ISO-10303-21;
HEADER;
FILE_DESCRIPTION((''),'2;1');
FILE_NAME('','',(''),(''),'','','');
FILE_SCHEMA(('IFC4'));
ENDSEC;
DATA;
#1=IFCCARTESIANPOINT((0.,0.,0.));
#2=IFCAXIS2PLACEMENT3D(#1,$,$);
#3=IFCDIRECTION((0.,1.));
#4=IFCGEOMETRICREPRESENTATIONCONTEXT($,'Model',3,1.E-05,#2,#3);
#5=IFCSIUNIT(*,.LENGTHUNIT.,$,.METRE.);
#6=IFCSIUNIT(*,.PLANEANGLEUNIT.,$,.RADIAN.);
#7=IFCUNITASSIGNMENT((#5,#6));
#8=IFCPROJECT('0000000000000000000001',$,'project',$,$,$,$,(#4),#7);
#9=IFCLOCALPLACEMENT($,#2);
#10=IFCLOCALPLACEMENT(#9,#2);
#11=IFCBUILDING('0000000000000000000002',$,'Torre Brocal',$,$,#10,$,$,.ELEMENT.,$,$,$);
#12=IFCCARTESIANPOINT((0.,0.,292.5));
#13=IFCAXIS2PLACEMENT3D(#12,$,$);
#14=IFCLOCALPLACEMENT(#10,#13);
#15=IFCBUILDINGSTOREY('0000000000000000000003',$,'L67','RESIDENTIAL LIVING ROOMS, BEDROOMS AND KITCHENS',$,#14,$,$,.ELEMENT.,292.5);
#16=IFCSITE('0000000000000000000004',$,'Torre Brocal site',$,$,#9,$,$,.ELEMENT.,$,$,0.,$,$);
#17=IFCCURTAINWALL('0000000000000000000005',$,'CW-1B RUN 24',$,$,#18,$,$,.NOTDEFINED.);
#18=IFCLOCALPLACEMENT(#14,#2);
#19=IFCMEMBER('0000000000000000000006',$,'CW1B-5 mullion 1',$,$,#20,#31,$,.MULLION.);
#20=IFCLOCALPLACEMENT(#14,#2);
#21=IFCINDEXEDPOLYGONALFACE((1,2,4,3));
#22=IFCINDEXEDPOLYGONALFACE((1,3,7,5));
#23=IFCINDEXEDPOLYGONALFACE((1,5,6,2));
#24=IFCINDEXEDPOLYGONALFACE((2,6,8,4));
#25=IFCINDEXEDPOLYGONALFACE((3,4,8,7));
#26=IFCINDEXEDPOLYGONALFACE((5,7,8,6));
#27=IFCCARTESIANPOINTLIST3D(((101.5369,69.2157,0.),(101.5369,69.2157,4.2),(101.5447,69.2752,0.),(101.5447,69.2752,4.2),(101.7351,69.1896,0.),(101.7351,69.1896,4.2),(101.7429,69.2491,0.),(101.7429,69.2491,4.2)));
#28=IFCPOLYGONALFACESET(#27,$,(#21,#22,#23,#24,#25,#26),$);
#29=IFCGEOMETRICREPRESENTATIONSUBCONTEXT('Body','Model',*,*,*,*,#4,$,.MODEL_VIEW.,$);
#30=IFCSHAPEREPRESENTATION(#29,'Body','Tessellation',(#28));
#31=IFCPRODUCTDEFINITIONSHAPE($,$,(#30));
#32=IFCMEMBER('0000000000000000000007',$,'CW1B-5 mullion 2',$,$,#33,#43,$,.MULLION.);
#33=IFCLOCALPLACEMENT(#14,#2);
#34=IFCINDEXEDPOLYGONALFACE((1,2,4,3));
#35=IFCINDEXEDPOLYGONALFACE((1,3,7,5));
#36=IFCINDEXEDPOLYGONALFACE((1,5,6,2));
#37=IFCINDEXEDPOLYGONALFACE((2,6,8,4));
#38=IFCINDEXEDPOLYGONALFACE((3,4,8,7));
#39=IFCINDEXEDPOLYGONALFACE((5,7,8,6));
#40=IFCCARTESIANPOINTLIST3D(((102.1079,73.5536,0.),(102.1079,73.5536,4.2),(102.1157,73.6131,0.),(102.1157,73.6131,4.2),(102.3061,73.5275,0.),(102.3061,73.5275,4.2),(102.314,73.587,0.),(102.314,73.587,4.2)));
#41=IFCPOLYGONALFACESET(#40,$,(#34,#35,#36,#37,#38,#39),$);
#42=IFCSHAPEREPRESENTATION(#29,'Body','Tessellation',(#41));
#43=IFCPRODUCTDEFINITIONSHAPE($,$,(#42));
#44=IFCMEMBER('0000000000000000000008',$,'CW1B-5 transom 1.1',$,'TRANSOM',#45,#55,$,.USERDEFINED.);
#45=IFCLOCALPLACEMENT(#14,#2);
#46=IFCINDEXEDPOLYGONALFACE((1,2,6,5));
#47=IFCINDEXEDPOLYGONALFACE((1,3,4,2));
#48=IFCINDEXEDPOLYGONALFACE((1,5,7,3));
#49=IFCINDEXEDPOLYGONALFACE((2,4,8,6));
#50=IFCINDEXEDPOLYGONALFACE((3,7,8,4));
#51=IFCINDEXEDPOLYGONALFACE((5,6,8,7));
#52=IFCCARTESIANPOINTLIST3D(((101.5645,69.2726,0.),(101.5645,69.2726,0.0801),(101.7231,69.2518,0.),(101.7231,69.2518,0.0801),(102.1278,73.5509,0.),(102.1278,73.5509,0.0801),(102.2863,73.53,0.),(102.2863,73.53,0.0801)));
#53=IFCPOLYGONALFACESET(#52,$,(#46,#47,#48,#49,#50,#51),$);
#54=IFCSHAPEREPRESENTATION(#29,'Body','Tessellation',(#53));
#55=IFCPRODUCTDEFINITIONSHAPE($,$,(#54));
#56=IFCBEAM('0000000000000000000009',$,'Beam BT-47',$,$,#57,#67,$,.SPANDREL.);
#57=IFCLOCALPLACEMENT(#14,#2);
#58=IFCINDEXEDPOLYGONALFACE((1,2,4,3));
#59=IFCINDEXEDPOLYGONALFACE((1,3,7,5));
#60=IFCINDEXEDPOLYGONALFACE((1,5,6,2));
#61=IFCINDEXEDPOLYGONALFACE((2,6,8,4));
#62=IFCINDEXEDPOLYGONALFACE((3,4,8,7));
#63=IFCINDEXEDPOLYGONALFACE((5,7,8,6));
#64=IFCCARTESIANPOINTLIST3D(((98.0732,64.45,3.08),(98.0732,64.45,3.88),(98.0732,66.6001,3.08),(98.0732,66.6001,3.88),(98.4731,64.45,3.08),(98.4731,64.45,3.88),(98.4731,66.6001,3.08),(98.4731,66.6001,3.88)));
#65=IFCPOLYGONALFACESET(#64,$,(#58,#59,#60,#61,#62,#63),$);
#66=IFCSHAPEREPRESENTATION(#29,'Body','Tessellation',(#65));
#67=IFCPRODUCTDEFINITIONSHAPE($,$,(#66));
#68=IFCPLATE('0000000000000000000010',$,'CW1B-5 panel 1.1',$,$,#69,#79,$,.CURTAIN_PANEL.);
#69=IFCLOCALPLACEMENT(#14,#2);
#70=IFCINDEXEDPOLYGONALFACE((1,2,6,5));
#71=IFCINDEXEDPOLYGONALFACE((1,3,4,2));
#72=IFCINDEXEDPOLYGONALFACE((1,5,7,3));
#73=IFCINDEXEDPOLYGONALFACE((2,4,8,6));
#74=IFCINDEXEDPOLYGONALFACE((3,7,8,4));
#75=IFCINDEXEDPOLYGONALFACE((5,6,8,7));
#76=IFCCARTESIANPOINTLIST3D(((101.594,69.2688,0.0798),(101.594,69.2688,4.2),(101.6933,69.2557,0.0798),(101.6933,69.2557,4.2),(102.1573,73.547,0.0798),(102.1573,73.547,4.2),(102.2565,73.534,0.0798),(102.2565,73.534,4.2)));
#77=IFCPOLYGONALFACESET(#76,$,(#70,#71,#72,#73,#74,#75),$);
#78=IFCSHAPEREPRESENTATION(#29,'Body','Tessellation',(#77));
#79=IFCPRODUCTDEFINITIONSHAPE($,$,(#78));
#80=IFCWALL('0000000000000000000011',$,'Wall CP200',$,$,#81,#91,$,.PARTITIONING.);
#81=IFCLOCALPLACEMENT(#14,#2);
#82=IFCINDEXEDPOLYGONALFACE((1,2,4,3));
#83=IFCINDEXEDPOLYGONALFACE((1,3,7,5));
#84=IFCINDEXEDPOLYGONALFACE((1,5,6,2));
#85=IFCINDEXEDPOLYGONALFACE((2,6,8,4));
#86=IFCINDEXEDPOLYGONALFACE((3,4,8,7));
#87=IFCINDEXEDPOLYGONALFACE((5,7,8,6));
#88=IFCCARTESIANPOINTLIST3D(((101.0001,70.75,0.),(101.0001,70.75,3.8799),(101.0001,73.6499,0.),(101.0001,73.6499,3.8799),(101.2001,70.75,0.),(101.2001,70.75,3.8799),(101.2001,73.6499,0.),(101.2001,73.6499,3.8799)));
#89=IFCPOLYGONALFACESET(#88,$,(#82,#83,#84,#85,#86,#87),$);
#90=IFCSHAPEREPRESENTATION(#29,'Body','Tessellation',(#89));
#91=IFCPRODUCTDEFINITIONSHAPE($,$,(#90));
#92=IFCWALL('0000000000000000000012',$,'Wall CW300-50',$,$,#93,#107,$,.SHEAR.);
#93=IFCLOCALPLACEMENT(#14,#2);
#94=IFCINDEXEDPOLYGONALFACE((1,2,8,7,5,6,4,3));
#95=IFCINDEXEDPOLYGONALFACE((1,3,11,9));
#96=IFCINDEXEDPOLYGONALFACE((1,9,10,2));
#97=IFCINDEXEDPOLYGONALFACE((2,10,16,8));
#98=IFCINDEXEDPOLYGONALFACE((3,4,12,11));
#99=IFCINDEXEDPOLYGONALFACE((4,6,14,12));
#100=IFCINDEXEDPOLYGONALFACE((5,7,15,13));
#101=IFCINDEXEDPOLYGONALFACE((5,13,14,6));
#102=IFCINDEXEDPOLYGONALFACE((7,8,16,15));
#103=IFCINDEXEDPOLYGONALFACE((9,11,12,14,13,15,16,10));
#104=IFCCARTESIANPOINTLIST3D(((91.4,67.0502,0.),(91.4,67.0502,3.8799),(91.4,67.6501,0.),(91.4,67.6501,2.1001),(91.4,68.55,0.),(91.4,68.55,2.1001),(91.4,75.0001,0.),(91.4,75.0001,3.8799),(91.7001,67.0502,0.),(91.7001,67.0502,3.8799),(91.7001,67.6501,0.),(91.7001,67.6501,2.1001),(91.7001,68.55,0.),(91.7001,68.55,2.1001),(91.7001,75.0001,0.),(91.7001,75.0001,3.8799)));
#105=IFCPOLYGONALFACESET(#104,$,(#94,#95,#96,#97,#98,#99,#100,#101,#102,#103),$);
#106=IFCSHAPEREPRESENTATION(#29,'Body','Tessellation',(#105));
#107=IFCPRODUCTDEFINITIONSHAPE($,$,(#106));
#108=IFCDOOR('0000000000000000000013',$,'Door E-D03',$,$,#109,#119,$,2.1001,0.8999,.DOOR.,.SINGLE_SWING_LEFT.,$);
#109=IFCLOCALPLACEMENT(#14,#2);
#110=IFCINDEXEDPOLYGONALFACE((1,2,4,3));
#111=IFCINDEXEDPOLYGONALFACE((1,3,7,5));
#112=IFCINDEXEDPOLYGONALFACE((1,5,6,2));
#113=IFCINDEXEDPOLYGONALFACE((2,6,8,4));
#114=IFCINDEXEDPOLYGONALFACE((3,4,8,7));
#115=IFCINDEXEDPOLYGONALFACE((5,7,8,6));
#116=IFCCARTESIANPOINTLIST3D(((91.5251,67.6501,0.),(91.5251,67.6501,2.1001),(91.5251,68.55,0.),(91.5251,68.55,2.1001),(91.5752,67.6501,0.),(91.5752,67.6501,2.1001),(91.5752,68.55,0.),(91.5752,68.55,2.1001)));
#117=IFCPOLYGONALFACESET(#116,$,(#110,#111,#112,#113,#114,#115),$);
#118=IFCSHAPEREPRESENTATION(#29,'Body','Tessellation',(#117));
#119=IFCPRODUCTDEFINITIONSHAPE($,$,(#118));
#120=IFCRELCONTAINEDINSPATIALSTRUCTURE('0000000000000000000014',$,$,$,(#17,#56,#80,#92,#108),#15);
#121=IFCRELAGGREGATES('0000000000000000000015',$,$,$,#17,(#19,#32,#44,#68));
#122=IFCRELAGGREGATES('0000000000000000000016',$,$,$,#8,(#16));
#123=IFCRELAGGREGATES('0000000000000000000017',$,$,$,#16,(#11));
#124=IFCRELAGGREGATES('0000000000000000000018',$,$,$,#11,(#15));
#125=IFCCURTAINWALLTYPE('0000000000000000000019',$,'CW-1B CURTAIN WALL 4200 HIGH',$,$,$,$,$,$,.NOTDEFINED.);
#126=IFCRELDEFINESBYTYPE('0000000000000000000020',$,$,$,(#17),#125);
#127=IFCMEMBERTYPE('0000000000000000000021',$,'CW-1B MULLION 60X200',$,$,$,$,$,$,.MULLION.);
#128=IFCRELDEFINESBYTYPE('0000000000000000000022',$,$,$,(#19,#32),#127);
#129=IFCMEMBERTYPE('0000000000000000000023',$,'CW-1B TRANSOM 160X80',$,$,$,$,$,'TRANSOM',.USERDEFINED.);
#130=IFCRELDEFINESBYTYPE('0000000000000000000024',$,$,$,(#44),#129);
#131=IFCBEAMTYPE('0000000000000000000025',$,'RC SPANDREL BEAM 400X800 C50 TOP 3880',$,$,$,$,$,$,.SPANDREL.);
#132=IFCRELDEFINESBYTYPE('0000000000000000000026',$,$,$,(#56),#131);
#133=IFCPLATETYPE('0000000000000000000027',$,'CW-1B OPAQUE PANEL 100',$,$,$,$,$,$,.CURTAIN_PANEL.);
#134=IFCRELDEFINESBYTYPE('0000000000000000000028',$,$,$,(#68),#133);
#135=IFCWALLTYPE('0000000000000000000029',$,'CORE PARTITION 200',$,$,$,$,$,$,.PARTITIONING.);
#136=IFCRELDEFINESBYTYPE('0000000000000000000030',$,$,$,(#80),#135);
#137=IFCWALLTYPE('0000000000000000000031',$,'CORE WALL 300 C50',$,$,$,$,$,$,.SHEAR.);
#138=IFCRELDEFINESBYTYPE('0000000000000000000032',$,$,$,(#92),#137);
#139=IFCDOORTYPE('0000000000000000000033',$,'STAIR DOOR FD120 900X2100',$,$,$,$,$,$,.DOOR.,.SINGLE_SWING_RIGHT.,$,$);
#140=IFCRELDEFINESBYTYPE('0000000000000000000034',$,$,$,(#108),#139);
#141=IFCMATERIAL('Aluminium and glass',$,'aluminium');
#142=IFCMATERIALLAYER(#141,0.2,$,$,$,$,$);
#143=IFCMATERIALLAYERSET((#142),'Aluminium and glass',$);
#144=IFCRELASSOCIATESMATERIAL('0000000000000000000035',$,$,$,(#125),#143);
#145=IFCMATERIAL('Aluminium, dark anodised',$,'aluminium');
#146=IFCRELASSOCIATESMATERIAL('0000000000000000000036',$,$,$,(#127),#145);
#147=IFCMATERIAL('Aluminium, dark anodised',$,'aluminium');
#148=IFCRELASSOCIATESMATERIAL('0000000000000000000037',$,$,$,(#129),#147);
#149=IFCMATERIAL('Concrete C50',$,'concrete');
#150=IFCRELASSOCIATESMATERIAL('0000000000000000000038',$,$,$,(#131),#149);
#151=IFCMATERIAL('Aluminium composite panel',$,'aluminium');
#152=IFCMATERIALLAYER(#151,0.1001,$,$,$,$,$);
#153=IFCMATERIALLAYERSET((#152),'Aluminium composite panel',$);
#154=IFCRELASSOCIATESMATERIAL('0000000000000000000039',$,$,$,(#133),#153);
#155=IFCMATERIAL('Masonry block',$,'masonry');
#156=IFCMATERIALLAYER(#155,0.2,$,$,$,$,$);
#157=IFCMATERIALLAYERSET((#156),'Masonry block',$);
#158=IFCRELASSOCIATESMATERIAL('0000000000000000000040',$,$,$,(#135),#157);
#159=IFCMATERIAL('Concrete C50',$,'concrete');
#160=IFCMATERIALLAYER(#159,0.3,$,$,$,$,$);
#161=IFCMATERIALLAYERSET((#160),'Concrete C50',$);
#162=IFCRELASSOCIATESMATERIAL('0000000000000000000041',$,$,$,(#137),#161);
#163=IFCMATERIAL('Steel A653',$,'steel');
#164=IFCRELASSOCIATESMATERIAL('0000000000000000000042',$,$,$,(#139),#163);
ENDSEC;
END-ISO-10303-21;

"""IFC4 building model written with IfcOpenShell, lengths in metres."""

from ifc_helpers import new_model, si_unit, direction, frame, frame_2d, origin, origin_2d, place, context, subcontext, project, spatial, rectangle, extrude, material, layer, layer_set, material_profile, profile_set, type_object, element, fill, aggregate, save


model = new_model("IFC4")

# Units and contexts
model_context = context("Model", 3, precision=1e-05, world=origin(), true_north=direction((0.0, 1.0)))
body_context = subcontext(model_context, "Body", "Model", "MODEL_VIEW")
ifc_project = project(units=[si_unit("LENGTHUNIT", "METRE"), si_unit("PLANEANGLEUNIT", "RADIAN")], contexts=[model_context])

# Site, building, storey
site_placement = place(None, origin())
site = spatial("IfcSite", under=ifc_project, at=site_placement, Name="Torre Brocal site", CompositionType="ELEMENT", RefElevation=0.0)
building_placement = place(site_placement, origin())
building = spatial("IfcBuilding", under=site, at=building_placement, Name="Torre Brocal", CompositionType="ELEMENT")
storey_placement = place(building_placement, frame((0.0, 0.0, 292.5)))
storey = spatial("IfcBuildingStorey", under=building, at=storey_placement, Name="L67", Description="RESIDENTIAL LIVING ROOMS, BEDROOMS AND KITCHENS", CompositionType="ELEMENT", Elevation=292.5)

# Curtain wall, members
ifc_material_1 = material(Name="Aluminium and glass", Category="aluminium")
ifc_layer_1 = layer(ifc_material_1, 0.2)
ifc_layer_set_1 = layer_set([ifc_layer_1], Name="Aluminium and glass")
curtain_wall_type = type_object("IfcCurtainWallType", Name="CW-1B CURTAIN WALL 4200 HIGH", PredefinedType="NOTDEFINED", material=ifc_layer_set_1)
curtain_wall_placement = place(storey_placement, origin())
curtain_wall = element("IfcCurtainWall", 1, at=curtain_wall_placement, inside=storey, type_object=curtain_wall_type, Name="CW-1B RUN 24", PredefinedType="NOTDEFINED")
ifc_material_2 = material(Name="Aluminium, dark anodised", Category="aluminium")
ifc_material_profile_1 = material_profile(ifc_material_2, rectangle(XDim=0.2, YDim=0.0601, at=origin_2d()), Name="CW-1B MULLION 60X200")
ifc_profile_set_1 = profile_set([ifc_material_profile_1], Name="Aluminium, dark anodised")
member_type_1 = type_object("IfcMemberType", Name="CW-1B MULLION 60X200", PredefinedType="MULLION", material=ifc_profile_set_1)
member_1_placement = place(storey_placement, frame((101.6399, 69.2324, 0.0), z_axis=(0.0, 0.0, 1.0), x_axis=(-0.991445, 0.130526, 0.0)))
member_1 = element("IfcMember", 2, at=member_1_placement, type_object=member_type_1, Name="CW1B-5 mullion 1", PredefinedType="MULLION", context=body_context, shape_type="SweptSolid", body=[
    extrude(rectangle(XDim=0.2, YDim=0.0601, at=origin_2d()), origin(), (0.0, 0.0, 1.0), 4.2),
])
member_2_placement = place(storey_placement, frame((102.2109, 73.5703, 0.0), z_axis=(0.0, 0.0, 1.0), x_axis=(-0.991445, 0.130526, 0.0)))
member_2 = element("IfcMember", 3, at=member_2_placement, type_object=member_type_1, Name="CW1B-5 mullion 2", PredefinedType="MULLION", context=body_context, shape_type="SweptSolid", body=[
    extrude(rectangle(XDim=0.2, YDim=0.0601, at=origin_2d()), origin(), (0.0, 0.0, 1.0), 4.2),
])
ifc_material_3 = material(Name="Aluminium, dark anodised", Category="aluminium")
ifc_material_profile_2 = material_profile(ifc_material_3, rectangle(XDim=0.1599, YDim=0.0801, at=origin_2d()), Name="CW-1B TRANSOM 160X80")
ifc_profile_set_2 = profile_set([ifc_material_profile_2], Name="Aluminium, dark anodised")
member_type_2 = type_object("IfcMemberType", Name="CW-1B TRANSOM 160X80", ElementType="TRANSOM", PredefinedType="USERDEFINED", material=ifc_profile_set_2)
member_3_placement = place(storey_placement, frame((101.6438, 69.2622, 0.04), z_axis=(0.130522, 0.991445, 0.0), x_axis=(-0.991445, 0.130522, 0.0)))
member_3 = element("IfcMember", 4, at=member_3_placement, type_object=member_type_2, Name="CW1B-5 transom 1.1", ObjectType="TRANSOM", PredefinedType="USERDEFINED", context=body_context, shape_type="SweptSolid", body=[
    extrude(rectangle(XDim=0.1599, YDim=0.0801, at=origin_2d()), origin(), (0.0, 0.0, 1.0), 4.3152),
])

# Beam
ifc_material_4 = material(Name="Concrete C50", Category="concrete")
ifc_material_profile_3 = material_profile(ifc_material_4, rectangle(XDim=0.3999, YDim=0.8, at=origin_2d()), Name="RC 400X800")
ifc_profile_set_3 = profile_set([ifc_material_profile_3], Name="Concrete C50")
beam_type = type_object("IfcBeamType", Name="RC SPANDREL BEAM 400X800 C50 TOP 3880", PredefinedType="SPANDREL", material=ifc_profile_set_3)
beam_placement = place(storey_placement, frame((98.2732, 64.45, 3.48), z_axis=(0.0, 1.0, 0.0), x_axis=(-1.0, 0.0, 0.0)))
element("IfcBeam", 5, at=beam_placement, inside=storey, type_object=beam_type, Name="Beam BT-47", PredefinedType="SPANDREL", context=body_context, shape_type="SweptSolid", body=[
    extrude(rectangle(XDim=0.3999, YDim=0.8, at=origin_2d()), origin(), (0.0, 0.0, 1.0), 2.1501),
])

# Plate
ifc_material_5 = material(Name="Aluminium composite panel", Category="aluminium")
ifc_layer_2 = layer(ifc_material_5, 0.1001)
ifc_layer_set_2 = layer_set([ifc_layer_2], Name="Aluminium composite panel")
plate_type = type_object("IfcPlateType", Name="CW-1B OPAQUE PANEL 100", PredefinedType="CURTAIN_PANEL", material=ifc_layer_set_2)
plate_placement = place(storey_placement, frame((101.9253, 71.4014, 0.0798), z_axis=(0.0, 0.0, 1.0), x_axis=(0.130526, 0.991445, 0.0)))
plate = element("IfcPlate", 6, at=plate_placement, type_object=plate_type, Name="CW1B-5 panel 1.1", PredefinedType="CURTAIN_PANEL", context=body_context, shape_type="SweptSolid", body=[
    extrude(rectangle(XDim=4.3152, YDim=0.1001, at=origin_2d()), origin(), (0.0, 0.0, 1.0), 4.1201),
])
aggregate(curtain_wall, [member_1, member_2, member_3, plate])

# Wall
ifc_material_6 = material(Name="Masonry block", Category="masonry")
ifc_layer_3 = layer(ifc_material_6, 0.2)
ifc_layer_set_3 = layer_set([ifc_layer_3], Name="Masonry block")
wall_type_1 = type_object("IfcWallType", Name="CORE PARTITION 200", PredefinedType="PARTITIONING", material=ifc_layer_set_3)
wall_1_placement = place(storey_placement, frame((101.1001, 70.75, 0.0), z_axis=(0.0, 0.0, 1.0), x_axis=(0.0, 1.0, 0.0)))
element("IfcWall", 7, at=wall_1_placement, inside=storey, type_object=wall_type_1, Name="Wall CP200", PredefinedType="PARTITIONING", context=body_context, shape_type="SweptSolid", body=[
    extrude(rectangle(XDim=2.8999, YDim=0.2, at=frame_2d((1.45, 0.0))), origin(), (0.0, 0.0, 1.0), 3.8799),
])

# Wall, opening, door
ifc_material_7 = material(Name="Concrete C50", Category="concrete")
ifc_layer_4 = layer(ifc_material_7, 0.3)
ifc_layer_set_4 = layer_set([ifc_layer_4], Name="Concrete C50")
wall_type_2 = type_object("IfcWallType", Name="CORE WALL 300 C50", PredefinedType="SHEAR", material=ifc_layer_set_4)
wall_2_placement = place(storey_placement, frame((91.55, 67.05, 0.0), z_axis=(0.0, 0.0, 1.0), x_axis=(0.0, 1.0, 0.0)))
wall_2 = element("IfcWall", 8, at=wall_2_placement, inside=storey, type_object=wall_type_2, Name="Wall CW300-50", PredefinedType="SHEAR", context=body_context, shape_type="SweptSolid", body=[
    extrude(rectangle(XDim=7.95, YDim=0.3, at=frame_2d((3.9751, 0.0))), origin(), (0.0, 0.0, 1.0), 3.8799),
])
opening_1_placement = place(wall_2_placement, frame((0.6001, 0.0, 0.0)))
opening_1 = element("IfcOpeningElement", 9, at=opening_1_placement, cuts=wall_2, PredefinedType="OPENING", context=body_context, shape_type="SweptSolid", body=[
    extrude(rectangle(XDim=0.8999, YDim=2.1001, at=frame_2d((0.45, 1.05))), frame((0.0, 0.1599, 0.0), z_axis=(0.0, -1.0, 0.0), x_axis=(1.0, 0.0, 0.0)), (0.0, 0.0, 1.0), 0.3201),
])
ifc_material_8 = material(Name="Steel A653", Category="steel")
door_type_1 = type_object("IfcDoorType", Name="STAIR DOOR FD120 900X2100", OperationType="SINGLE_SWING_RIGHT", PredefinedType="DOOR", material=ifc_material_8)
door_1_placement = place(opening_1_placement, origin())
door_1 = element("IfcDoor", 10, at=door_1_placement, inside=storey, type_object=door_type_1, Name="Door E-D03", OperationType="SINGLE_SWING_LEFT", OverallHeight=2.1001, OverallWidth=0.8999, PredefinedType="DOOR", context=body_context, shape_type="SweptSolid", body=[
    extrude(rectangle(XDim=0.8999, YDim=2.1001, at=frame_2d((0.45, 1.05))), frame((0.0, 0.0249, 0.0), z_axis=(0.0, -1.0, 0.0), x_axis=(1.0, 0.0, 0.0)), (0.0, 0.0, 1.0), 0.05),
])
fill(opening_1, door_1)

save(model, "model.ifc")
